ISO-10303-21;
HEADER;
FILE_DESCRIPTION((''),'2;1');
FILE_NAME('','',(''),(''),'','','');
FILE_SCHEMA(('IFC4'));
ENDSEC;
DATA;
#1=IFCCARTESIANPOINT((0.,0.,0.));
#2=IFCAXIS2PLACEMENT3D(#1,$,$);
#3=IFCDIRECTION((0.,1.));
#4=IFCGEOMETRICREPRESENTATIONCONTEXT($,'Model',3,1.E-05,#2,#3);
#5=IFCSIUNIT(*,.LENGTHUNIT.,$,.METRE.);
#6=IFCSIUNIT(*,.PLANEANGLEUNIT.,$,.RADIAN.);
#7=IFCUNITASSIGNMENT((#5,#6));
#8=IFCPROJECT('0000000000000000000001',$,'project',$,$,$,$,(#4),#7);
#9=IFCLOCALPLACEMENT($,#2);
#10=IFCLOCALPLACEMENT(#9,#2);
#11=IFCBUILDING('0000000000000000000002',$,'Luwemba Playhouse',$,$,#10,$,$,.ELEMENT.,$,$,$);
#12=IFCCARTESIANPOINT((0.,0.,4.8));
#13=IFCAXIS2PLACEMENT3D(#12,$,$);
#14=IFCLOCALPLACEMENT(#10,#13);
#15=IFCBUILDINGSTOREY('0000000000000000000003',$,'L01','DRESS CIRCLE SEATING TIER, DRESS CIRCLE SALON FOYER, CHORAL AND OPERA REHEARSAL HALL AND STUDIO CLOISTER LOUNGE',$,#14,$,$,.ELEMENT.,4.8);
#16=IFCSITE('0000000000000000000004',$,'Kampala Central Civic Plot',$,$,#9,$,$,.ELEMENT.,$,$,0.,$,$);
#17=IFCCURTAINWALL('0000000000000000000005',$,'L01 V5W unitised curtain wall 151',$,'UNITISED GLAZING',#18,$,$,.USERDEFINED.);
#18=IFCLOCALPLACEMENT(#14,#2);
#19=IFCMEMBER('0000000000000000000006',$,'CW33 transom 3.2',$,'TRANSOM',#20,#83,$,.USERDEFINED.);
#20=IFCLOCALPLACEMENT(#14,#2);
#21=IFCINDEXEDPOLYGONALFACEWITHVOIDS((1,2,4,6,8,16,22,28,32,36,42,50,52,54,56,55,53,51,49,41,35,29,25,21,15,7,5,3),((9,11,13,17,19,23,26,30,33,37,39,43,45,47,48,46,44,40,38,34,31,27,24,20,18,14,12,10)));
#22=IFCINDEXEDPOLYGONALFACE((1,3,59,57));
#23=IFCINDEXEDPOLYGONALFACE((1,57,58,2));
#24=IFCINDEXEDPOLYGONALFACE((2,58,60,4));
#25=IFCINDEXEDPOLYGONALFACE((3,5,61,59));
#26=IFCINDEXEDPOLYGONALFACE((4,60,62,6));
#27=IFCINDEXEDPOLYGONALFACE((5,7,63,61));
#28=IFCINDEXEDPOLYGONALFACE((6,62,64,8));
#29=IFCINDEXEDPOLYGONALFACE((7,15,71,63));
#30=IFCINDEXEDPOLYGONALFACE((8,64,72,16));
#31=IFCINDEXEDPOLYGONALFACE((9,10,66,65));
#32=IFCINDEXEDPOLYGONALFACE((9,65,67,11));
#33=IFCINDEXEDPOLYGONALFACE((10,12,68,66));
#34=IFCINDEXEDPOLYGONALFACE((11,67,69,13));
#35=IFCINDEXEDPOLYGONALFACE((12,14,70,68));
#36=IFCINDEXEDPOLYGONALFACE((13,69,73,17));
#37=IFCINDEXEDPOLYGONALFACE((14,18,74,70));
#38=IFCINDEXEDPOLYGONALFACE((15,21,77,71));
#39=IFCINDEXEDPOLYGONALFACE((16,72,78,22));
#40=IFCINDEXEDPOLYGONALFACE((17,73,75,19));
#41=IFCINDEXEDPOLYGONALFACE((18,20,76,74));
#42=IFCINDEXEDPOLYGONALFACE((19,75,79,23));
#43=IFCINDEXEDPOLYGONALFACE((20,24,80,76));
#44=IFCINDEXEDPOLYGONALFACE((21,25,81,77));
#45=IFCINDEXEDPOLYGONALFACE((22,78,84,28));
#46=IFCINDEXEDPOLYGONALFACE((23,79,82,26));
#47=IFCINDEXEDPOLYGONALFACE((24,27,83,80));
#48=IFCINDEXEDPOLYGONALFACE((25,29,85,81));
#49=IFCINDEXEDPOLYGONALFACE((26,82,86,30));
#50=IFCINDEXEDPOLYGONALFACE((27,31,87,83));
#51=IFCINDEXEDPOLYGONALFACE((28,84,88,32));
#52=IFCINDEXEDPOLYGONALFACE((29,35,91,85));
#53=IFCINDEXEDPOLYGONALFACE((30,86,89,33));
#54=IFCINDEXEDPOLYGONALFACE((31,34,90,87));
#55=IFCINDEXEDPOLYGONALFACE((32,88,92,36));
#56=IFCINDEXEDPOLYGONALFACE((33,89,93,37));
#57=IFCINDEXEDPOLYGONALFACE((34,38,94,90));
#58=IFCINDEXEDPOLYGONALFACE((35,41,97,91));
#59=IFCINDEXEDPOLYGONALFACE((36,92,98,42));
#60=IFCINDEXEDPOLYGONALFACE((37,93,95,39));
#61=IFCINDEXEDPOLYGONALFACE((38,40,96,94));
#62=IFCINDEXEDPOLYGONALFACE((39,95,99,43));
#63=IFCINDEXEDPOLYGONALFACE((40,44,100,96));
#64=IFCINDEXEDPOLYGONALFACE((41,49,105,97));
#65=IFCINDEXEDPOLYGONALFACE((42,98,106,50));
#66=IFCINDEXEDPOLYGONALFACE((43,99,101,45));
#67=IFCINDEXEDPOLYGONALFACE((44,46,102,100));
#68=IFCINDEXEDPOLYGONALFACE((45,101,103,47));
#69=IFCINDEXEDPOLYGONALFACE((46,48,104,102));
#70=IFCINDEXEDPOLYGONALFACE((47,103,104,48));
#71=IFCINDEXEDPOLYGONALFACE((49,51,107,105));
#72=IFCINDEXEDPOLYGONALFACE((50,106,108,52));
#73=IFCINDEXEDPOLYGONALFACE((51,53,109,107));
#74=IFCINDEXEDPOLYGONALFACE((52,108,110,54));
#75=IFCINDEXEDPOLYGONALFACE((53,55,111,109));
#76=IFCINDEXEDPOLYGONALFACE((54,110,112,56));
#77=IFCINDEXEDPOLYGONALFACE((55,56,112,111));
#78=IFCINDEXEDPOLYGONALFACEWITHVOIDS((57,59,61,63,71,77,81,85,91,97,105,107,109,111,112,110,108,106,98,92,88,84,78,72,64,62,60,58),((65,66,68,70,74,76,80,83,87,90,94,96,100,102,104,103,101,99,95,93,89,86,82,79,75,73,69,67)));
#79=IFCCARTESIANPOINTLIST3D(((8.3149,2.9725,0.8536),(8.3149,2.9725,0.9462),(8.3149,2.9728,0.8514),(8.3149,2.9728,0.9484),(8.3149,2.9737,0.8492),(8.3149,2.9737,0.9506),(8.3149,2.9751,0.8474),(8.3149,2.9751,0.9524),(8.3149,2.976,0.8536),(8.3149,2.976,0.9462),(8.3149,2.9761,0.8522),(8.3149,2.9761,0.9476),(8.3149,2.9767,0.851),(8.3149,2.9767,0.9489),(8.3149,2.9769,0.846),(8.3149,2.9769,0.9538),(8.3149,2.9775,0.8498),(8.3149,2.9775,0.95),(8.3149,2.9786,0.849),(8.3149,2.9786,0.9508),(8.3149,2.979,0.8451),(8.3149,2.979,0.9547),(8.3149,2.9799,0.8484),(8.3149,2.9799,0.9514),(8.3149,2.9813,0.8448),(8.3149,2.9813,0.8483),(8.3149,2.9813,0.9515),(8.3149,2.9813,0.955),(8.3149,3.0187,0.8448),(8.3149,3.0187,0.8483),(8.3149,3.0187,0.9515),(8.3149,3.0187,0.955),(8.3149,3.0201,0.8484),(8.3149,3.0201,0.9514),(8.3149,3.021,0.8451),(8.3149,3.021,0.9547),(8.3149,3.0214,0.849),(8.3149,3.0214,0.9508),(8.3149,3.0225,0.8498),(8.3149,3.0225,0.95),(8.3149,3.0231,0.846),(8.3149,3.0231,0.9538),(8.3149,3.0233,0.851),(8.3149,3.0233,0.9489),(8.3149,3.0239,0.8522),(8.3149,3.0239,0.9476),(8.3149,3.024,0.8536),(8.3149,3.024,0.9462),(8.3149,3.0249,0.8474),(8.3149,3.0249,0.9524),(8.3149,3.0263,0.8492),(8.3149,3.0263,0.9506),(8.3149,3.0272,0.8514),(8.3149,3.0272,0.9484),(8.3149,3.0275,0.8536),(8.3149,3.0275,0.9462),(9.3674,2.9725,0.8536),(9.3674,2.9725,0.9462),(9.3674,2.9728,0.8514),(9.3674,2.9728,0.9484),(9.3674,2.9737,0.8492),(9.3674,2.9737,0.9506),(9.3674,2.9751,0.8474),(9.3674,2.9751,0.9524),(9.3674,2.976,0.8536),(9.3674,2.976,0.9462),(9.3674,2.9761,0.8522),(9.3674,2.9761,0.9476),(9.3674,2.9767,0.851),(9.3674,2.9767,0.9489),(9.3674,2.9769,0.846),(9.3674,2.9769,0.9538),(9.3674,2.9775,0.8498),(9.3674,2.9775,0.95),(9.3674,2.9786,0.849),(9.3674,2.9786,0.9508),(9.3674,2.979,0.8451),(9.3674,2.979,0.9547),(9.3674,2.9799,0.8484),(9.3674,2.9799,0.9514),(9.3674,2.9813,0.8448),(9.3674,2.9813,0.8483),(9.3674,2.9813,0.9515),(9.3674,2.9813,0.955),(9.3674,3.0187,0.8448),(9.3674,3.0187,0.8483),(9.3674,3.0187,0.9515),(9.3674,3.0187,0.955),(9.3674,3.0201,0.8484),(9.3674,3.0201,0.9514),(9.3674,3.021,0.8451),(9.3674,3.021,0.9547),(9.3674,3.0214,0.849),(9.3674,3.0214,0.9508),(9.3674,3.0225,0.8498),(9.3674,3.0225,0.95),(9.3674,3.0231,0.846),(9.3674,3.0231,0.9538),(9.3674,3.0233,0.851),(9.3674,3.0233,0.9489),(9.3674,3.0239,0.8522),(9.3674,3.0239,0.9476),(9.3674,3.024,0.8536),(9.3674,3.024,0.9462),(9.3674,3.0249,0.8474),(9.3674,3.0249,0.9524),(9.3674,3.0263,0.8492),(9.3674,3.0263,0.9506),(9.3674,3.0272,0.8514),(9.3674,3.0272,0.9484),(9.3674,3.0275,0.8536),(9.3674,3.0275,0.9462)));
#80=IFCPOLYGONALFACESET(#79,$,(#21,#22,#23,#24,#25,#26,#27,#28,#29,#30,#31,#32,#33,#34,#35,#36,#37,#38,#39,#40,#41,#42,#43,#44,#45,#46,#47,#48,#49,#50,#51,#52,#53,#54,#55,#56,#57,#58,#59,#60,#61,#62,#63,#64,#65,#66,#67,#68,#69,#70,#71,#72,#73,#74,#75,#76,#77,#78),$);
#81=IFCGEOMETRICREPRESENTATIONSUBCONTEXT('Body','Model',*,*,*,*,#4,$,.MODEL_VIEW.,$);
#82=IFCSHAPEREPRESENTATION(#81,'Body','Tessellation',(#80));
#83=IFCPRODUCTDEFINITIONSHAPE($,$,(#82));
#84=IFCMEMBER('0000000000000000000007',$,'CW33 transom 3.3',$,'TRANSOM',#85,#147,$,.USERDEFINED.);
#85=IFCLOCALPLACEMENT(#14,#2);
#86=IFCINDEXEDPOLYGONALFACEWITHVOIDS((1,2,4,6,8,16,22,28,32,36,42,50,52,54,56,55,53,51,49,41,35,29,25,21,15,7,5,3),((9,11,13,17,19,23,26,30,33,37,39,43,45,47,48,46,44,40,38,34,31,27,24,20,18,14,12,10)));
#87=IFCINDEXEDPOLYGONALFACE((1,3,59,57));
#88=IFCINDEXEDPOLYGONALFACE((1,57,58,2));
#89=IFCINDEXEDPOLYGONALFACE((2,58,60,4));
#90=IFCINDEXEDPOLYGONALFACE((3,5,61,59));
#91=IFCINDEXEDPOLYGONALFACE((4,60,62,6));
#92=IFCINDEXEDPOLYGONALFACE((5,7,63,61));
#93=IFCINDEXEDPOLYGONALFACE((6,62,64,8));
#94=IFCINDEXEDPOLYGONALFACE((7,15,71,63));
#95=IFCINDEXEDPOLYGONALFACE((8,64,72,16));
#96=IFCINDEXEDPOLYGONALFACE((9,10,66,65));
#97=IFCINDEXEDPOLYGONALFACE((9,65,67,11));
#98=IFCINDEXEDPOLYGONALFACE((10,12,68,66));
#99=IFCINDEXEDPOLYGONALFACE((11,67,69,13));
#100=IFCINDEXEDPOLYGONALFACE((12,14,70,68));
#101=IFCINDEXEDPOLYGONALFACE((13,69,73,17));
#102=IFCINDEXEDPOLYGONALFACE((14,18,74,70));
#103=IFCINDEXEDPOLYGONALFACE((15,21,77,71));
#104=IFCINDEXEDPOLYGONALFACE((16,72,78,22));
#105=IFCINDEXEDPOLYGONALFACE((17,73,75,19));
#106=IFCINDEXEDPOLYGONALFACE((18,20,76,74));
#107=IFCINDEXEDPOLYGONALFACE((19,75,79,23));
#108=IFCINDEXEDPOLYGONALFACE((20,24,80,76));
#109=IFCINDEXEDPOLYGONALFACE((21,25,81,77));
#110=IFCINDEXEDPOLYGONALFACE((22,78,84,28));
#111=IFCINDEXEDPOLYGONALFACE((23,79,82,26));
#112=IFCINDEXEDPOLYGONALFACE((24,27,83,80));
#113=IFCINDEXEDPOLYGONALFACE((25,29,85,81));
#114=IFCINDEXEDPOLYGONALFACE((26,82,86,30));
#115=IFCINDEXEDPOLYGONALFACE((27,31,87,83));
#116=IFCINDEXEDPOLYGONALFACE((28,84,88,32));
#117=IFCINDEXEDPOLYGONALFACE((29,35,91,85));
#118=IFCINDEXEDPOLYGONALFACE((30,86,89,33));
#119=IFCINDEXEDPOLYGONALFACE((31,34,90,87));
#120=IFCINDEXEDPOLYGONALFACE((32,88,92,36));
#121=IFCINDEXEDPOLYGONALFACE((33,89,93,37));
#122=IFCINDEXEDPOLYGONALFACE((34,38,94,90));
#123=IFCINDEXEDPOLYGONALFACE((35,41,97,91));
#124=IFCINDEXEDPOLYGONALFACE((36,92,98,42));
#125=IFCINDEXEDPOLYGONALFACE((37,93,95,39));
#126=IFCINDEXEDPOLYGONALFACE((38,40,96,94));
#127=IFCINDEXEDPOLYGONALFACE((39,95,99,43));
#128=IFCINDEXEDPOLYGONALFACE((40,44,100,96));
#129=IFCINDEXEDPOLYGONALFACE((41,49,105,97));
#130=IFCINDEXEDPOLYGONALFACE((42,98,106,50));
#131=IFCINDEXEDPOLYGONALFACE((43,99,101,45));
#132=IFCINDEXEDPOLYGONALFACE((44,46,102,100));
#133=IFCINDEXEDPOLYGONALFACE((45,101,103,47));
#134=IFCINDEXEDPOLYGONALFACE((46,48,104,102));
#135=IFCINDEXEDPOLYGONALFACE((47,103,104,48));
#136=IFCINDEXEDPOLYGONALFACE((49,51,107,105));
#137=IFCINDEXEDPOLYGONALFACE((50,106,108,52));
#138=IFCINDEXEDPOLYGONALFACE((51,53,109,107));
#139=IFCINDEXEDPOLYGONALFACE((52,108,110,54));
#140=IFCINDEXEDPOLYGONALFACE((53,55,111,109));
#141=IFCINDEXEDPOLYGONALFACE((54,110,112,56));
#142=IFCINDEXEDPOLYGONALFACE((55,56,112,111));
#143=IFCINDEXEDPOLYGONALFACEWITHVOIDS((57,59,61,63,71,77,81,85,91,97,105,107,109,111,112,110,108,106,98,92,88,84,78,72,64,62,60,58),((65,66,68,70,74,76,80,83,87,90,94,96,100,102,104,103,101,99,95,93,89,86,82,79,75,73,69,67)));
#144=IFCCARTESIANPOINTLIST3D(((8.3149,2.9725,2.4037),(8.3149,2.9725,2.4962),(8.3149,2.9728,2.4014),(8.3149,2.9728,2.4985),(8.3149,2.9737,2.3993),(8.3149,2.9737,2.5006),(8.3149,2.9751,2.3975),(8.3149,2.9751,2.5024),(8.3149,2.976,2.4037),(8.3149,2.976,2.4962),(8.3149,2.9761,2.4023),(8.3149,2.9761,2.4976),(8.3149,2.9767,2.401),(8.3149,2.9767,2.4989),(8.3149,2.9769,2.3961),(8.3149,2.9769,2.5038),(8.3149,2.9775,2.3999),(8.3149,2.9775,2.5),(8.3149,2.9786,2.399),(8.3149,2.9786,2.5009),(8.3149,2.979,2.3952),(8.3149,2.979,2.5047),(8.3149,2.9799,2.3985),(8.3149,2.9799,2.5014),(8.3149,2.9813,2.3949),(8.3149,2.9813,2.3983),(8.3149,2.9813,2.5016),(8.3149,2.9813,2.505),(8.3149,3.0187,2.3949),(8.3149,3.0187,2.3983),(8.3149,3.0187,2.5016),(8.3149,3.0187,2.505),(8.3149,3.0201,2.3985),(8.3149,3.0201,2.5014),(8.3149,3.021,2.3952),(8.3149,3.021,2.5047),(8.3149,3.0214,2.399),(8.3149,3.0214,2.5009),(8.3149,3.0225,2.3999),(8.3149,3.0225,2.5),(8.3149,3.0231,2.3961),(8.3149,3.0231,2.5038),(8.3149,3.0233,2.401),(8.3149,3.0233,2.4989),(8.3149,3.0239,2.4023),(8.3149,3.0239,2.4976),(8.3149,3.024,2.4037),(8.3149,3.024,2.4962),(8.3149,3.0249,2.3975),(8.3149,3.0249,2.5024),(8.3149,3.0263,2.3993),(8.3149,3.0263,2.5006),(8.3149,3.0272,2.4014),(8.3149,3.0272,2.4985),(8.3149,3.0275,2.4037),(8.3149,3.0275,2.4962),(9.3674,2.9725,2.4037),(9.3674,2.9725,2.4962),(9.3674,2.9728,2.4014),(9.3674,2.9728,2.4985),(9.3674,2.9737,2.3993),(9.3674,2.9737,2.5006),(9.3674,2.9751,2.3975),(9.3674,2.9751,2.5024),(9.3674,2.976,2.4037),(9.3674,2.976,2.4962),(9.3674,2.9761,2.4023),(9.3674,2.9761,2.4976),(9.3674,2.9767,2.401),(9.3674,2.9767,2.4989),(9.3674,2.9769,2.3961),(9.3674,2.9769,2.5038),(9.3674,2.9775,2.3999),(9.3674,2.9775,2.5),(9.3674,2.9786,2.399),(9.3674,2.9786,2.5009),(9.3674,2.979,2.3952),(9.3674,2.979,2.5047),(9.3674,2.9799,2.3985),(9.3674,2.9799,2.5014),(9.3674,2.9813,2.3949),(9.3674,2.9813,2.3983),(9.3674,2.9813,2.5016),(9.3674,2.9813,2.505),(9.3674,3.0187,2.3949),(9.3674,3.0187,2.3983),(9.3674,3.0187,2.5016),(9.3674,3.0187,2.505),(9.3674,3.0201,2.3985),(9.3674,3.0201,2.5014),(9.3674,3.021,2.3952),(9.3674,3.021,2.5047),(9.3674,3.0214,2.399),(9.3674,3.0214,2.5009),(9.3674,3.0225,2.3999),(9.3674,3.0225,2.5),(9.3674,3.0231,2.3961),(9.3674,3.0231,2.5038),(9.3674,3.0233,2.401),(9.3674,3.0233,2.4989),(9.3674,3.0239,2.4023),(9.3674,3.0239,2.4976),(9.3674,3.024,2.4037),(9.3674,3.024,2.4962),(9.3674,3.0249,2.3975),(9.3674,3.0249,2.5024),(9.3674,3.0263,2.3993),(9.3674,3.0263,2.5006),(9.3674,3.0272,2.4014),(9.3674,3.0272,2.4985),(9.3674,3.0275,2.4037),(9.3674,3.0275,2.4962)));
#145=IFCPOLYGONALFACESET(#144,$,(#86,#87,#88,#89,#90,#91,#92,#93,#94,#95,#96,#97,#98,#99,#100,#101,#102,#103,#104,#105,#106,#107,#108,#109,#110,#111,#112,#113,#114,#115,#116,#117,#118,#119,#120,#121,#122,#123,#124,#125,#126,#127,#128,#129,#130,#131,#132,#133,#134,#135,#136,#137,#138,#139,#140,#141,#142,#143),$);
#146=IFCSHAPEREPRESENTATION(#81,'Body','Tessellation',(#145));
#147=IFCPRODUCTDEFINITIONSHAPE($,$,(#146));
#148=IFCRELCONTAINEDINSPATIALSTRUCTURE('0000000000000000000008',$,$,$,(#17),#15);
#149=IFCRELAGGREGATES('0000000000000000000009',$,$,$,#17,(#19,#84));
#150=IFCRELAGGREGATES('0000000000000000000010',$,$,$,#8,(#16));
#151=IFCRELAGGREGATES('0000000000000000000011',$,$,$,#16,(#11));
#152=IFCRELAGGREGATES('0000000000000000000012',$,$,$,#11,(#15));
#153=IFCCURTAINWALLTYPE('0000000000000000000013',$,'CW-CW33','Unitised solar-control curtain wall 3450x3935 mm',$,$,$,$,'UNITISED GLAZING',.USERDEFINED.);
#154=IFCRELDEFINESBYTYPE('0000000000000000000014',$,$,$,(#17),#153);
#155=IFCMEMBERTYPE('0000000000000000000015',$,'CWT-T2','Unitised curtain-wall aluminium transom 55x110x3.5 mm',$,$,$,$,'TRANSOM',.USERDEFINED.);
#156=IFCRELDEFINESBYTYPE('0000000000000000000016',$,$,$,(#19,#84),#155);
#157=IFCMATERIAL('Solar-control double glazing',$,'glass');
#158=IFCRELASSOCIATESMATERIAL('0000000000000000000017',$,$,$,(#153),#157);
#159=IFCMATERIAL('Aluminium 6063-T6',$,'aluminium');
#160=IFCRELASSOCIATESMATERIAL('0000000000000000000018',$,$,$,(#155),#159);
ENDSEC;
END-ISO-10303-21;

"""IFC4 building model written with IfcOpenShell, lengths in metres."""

from ifc_helpers import new_model, si_unit, direction, frame, origin, origin_2d, place, context, subcontext, project, spatial, hollow_rectangle, extrude, material, material_profile, profile_set, type_object, element, aggregate, save


model = new_model("IFC4")

# Units and contexts
model_context = context("Model", 3, precision=1e-05, world=origin(), true_north=direction((0.0, 1.0)))
body_context = subcontext(model_context, "Body", "Model", "MODEL_VIEW")
ifc_project = project(units=[si_unit("LENGTHUNIT", "METRE"), si_unit("PLANEANGLEUNIT", "RADIAN")], contexts=[model_context])

# Site, building, storey
site_placement = place(None, origin())
site = spatial("IfcSite", under=ifc_project, at=site_placement, Name="Kampala Central Civic Plot", CompositionType="ELEMENT", RefElevation=0.0)
building_placement = place(site_placement, origin())
building = spatial("IfcBuilding", under=site, at=building_placement, Name="Luwemba Playhouse", CompositionType="ELEMENT")
storey_placement = place(building_placement, frame((0.0, 0.0, 4.8)))
storey = spatial("IfcBuildingStorey", under=building, at=storey_placement, Name="L01", Description="DRESS CIRCLE SEATING TIER, DRESS CIRCLE SALON FOYER, CHORAL AND OPERA REHEARSAL HALL AND STUDIO CLOISTER LOUNGE", CompositionType="ELEMENT", Elevation=4.8)

# Shared definitions
ifc_material_1 = material(Name="Solar-control double glazing", Category="glass")
ifc_material_2 = material(Name="Aluminium 6063-T6", Category="aluminium")

# Curtain wall
curtain_wall_type_1 = type_object("IfcCurtainWallType", Name="CW-CW33", Description="Unitised solar-control curtain wall 3450x3935 mm", ElementType="UNITISED GLAZING", PredefinedType="USERDEFINED", material=ifc_material_1)
curtain_wall_1_placement = place(storey_placement, origin())
curtain_wall_1 = element("IfcCurtainWall", 1, at=curtain_wall_1_placement, inside=storey, type_object=curtain_wall_type_1, Name="L01 V5W unitised curtain wall 151", ObjectType="UNITISED GLAZING", PredefinedType="USERDEFINED")

# Members
ifc_material_profile_1 = material_profile(ifc_material_2, hollow_rectangle(XDim=0.0549, YDim=0.1101, WallThickness=0.0034, InnerFilletRadius=0.0054, OuterFilletRadius=0.0088, at=origin_2d()))
ifc_profile_set_1 = profile_set([ifc_material_profile_1], Name="Aluminium 6063-T6")
member_type_1 = type_object("IfcMemberType", Name="CWT-T2", Description="Unitised curtain-wall aluminium transom 55x110x3.5 mm", ElementType="TRANSOM", PredefinedType="USERDEFINED", material=ifc_profile_set_1)
member_1_placement = place(storey_placement, frame((9.3674, 3.0, 0.8999), z_axis=(-1.0, 0.0, 0.0), x_axis=(0.0, -1.0, 0.0)))
member_1 = element("IfcMember", 2, at=member_1_placement, type_object=member_type_1, Name="CW33 transom 3.2", ObjectType="TRANSOM", PredefinedType="USERDEFINED", context=body_context, shape_type="SweptSolid", body=[
    extrude(hollow_rectangle(XDim=0.0549, YDim=0.1101, WallThickness=0.0034, InnerFilletRadius=0.0054, OuterFilletRadius=0.0088, at=origin_2d()), origin(), (0.0, 0.0, 1.0), 1.0525),
])
member_2_placement = place(storey_placement, frame((9.3674, 3.0, 2.45), z_axis=(-1.0, 0.0, 0.0), x_axis=(0.0, -1.0, 0.0)))
member_2 = element("IfcMember", 3, at=member_2_placement, type_object=member_type_1, Name="CW33 transom 3.3", ObjectType="TRANSOM", PredefinedType="USERDEFINED", context=body_context, shape_type="SweptSolid", body=[
    extrude(hollow_rectangle(XDim=0.0549, YDim=0.1101, WallThickness=0.0034, InnerFilletRadius=0.0054, OuterFilletRadius=0.0088, at=origin_2d()), origin(), (0.0, 0.0, 1.0), 1.0525),
])

aggregate(curtain_wall_1, [member_1, member_2])

save(model, "model.ifc")
